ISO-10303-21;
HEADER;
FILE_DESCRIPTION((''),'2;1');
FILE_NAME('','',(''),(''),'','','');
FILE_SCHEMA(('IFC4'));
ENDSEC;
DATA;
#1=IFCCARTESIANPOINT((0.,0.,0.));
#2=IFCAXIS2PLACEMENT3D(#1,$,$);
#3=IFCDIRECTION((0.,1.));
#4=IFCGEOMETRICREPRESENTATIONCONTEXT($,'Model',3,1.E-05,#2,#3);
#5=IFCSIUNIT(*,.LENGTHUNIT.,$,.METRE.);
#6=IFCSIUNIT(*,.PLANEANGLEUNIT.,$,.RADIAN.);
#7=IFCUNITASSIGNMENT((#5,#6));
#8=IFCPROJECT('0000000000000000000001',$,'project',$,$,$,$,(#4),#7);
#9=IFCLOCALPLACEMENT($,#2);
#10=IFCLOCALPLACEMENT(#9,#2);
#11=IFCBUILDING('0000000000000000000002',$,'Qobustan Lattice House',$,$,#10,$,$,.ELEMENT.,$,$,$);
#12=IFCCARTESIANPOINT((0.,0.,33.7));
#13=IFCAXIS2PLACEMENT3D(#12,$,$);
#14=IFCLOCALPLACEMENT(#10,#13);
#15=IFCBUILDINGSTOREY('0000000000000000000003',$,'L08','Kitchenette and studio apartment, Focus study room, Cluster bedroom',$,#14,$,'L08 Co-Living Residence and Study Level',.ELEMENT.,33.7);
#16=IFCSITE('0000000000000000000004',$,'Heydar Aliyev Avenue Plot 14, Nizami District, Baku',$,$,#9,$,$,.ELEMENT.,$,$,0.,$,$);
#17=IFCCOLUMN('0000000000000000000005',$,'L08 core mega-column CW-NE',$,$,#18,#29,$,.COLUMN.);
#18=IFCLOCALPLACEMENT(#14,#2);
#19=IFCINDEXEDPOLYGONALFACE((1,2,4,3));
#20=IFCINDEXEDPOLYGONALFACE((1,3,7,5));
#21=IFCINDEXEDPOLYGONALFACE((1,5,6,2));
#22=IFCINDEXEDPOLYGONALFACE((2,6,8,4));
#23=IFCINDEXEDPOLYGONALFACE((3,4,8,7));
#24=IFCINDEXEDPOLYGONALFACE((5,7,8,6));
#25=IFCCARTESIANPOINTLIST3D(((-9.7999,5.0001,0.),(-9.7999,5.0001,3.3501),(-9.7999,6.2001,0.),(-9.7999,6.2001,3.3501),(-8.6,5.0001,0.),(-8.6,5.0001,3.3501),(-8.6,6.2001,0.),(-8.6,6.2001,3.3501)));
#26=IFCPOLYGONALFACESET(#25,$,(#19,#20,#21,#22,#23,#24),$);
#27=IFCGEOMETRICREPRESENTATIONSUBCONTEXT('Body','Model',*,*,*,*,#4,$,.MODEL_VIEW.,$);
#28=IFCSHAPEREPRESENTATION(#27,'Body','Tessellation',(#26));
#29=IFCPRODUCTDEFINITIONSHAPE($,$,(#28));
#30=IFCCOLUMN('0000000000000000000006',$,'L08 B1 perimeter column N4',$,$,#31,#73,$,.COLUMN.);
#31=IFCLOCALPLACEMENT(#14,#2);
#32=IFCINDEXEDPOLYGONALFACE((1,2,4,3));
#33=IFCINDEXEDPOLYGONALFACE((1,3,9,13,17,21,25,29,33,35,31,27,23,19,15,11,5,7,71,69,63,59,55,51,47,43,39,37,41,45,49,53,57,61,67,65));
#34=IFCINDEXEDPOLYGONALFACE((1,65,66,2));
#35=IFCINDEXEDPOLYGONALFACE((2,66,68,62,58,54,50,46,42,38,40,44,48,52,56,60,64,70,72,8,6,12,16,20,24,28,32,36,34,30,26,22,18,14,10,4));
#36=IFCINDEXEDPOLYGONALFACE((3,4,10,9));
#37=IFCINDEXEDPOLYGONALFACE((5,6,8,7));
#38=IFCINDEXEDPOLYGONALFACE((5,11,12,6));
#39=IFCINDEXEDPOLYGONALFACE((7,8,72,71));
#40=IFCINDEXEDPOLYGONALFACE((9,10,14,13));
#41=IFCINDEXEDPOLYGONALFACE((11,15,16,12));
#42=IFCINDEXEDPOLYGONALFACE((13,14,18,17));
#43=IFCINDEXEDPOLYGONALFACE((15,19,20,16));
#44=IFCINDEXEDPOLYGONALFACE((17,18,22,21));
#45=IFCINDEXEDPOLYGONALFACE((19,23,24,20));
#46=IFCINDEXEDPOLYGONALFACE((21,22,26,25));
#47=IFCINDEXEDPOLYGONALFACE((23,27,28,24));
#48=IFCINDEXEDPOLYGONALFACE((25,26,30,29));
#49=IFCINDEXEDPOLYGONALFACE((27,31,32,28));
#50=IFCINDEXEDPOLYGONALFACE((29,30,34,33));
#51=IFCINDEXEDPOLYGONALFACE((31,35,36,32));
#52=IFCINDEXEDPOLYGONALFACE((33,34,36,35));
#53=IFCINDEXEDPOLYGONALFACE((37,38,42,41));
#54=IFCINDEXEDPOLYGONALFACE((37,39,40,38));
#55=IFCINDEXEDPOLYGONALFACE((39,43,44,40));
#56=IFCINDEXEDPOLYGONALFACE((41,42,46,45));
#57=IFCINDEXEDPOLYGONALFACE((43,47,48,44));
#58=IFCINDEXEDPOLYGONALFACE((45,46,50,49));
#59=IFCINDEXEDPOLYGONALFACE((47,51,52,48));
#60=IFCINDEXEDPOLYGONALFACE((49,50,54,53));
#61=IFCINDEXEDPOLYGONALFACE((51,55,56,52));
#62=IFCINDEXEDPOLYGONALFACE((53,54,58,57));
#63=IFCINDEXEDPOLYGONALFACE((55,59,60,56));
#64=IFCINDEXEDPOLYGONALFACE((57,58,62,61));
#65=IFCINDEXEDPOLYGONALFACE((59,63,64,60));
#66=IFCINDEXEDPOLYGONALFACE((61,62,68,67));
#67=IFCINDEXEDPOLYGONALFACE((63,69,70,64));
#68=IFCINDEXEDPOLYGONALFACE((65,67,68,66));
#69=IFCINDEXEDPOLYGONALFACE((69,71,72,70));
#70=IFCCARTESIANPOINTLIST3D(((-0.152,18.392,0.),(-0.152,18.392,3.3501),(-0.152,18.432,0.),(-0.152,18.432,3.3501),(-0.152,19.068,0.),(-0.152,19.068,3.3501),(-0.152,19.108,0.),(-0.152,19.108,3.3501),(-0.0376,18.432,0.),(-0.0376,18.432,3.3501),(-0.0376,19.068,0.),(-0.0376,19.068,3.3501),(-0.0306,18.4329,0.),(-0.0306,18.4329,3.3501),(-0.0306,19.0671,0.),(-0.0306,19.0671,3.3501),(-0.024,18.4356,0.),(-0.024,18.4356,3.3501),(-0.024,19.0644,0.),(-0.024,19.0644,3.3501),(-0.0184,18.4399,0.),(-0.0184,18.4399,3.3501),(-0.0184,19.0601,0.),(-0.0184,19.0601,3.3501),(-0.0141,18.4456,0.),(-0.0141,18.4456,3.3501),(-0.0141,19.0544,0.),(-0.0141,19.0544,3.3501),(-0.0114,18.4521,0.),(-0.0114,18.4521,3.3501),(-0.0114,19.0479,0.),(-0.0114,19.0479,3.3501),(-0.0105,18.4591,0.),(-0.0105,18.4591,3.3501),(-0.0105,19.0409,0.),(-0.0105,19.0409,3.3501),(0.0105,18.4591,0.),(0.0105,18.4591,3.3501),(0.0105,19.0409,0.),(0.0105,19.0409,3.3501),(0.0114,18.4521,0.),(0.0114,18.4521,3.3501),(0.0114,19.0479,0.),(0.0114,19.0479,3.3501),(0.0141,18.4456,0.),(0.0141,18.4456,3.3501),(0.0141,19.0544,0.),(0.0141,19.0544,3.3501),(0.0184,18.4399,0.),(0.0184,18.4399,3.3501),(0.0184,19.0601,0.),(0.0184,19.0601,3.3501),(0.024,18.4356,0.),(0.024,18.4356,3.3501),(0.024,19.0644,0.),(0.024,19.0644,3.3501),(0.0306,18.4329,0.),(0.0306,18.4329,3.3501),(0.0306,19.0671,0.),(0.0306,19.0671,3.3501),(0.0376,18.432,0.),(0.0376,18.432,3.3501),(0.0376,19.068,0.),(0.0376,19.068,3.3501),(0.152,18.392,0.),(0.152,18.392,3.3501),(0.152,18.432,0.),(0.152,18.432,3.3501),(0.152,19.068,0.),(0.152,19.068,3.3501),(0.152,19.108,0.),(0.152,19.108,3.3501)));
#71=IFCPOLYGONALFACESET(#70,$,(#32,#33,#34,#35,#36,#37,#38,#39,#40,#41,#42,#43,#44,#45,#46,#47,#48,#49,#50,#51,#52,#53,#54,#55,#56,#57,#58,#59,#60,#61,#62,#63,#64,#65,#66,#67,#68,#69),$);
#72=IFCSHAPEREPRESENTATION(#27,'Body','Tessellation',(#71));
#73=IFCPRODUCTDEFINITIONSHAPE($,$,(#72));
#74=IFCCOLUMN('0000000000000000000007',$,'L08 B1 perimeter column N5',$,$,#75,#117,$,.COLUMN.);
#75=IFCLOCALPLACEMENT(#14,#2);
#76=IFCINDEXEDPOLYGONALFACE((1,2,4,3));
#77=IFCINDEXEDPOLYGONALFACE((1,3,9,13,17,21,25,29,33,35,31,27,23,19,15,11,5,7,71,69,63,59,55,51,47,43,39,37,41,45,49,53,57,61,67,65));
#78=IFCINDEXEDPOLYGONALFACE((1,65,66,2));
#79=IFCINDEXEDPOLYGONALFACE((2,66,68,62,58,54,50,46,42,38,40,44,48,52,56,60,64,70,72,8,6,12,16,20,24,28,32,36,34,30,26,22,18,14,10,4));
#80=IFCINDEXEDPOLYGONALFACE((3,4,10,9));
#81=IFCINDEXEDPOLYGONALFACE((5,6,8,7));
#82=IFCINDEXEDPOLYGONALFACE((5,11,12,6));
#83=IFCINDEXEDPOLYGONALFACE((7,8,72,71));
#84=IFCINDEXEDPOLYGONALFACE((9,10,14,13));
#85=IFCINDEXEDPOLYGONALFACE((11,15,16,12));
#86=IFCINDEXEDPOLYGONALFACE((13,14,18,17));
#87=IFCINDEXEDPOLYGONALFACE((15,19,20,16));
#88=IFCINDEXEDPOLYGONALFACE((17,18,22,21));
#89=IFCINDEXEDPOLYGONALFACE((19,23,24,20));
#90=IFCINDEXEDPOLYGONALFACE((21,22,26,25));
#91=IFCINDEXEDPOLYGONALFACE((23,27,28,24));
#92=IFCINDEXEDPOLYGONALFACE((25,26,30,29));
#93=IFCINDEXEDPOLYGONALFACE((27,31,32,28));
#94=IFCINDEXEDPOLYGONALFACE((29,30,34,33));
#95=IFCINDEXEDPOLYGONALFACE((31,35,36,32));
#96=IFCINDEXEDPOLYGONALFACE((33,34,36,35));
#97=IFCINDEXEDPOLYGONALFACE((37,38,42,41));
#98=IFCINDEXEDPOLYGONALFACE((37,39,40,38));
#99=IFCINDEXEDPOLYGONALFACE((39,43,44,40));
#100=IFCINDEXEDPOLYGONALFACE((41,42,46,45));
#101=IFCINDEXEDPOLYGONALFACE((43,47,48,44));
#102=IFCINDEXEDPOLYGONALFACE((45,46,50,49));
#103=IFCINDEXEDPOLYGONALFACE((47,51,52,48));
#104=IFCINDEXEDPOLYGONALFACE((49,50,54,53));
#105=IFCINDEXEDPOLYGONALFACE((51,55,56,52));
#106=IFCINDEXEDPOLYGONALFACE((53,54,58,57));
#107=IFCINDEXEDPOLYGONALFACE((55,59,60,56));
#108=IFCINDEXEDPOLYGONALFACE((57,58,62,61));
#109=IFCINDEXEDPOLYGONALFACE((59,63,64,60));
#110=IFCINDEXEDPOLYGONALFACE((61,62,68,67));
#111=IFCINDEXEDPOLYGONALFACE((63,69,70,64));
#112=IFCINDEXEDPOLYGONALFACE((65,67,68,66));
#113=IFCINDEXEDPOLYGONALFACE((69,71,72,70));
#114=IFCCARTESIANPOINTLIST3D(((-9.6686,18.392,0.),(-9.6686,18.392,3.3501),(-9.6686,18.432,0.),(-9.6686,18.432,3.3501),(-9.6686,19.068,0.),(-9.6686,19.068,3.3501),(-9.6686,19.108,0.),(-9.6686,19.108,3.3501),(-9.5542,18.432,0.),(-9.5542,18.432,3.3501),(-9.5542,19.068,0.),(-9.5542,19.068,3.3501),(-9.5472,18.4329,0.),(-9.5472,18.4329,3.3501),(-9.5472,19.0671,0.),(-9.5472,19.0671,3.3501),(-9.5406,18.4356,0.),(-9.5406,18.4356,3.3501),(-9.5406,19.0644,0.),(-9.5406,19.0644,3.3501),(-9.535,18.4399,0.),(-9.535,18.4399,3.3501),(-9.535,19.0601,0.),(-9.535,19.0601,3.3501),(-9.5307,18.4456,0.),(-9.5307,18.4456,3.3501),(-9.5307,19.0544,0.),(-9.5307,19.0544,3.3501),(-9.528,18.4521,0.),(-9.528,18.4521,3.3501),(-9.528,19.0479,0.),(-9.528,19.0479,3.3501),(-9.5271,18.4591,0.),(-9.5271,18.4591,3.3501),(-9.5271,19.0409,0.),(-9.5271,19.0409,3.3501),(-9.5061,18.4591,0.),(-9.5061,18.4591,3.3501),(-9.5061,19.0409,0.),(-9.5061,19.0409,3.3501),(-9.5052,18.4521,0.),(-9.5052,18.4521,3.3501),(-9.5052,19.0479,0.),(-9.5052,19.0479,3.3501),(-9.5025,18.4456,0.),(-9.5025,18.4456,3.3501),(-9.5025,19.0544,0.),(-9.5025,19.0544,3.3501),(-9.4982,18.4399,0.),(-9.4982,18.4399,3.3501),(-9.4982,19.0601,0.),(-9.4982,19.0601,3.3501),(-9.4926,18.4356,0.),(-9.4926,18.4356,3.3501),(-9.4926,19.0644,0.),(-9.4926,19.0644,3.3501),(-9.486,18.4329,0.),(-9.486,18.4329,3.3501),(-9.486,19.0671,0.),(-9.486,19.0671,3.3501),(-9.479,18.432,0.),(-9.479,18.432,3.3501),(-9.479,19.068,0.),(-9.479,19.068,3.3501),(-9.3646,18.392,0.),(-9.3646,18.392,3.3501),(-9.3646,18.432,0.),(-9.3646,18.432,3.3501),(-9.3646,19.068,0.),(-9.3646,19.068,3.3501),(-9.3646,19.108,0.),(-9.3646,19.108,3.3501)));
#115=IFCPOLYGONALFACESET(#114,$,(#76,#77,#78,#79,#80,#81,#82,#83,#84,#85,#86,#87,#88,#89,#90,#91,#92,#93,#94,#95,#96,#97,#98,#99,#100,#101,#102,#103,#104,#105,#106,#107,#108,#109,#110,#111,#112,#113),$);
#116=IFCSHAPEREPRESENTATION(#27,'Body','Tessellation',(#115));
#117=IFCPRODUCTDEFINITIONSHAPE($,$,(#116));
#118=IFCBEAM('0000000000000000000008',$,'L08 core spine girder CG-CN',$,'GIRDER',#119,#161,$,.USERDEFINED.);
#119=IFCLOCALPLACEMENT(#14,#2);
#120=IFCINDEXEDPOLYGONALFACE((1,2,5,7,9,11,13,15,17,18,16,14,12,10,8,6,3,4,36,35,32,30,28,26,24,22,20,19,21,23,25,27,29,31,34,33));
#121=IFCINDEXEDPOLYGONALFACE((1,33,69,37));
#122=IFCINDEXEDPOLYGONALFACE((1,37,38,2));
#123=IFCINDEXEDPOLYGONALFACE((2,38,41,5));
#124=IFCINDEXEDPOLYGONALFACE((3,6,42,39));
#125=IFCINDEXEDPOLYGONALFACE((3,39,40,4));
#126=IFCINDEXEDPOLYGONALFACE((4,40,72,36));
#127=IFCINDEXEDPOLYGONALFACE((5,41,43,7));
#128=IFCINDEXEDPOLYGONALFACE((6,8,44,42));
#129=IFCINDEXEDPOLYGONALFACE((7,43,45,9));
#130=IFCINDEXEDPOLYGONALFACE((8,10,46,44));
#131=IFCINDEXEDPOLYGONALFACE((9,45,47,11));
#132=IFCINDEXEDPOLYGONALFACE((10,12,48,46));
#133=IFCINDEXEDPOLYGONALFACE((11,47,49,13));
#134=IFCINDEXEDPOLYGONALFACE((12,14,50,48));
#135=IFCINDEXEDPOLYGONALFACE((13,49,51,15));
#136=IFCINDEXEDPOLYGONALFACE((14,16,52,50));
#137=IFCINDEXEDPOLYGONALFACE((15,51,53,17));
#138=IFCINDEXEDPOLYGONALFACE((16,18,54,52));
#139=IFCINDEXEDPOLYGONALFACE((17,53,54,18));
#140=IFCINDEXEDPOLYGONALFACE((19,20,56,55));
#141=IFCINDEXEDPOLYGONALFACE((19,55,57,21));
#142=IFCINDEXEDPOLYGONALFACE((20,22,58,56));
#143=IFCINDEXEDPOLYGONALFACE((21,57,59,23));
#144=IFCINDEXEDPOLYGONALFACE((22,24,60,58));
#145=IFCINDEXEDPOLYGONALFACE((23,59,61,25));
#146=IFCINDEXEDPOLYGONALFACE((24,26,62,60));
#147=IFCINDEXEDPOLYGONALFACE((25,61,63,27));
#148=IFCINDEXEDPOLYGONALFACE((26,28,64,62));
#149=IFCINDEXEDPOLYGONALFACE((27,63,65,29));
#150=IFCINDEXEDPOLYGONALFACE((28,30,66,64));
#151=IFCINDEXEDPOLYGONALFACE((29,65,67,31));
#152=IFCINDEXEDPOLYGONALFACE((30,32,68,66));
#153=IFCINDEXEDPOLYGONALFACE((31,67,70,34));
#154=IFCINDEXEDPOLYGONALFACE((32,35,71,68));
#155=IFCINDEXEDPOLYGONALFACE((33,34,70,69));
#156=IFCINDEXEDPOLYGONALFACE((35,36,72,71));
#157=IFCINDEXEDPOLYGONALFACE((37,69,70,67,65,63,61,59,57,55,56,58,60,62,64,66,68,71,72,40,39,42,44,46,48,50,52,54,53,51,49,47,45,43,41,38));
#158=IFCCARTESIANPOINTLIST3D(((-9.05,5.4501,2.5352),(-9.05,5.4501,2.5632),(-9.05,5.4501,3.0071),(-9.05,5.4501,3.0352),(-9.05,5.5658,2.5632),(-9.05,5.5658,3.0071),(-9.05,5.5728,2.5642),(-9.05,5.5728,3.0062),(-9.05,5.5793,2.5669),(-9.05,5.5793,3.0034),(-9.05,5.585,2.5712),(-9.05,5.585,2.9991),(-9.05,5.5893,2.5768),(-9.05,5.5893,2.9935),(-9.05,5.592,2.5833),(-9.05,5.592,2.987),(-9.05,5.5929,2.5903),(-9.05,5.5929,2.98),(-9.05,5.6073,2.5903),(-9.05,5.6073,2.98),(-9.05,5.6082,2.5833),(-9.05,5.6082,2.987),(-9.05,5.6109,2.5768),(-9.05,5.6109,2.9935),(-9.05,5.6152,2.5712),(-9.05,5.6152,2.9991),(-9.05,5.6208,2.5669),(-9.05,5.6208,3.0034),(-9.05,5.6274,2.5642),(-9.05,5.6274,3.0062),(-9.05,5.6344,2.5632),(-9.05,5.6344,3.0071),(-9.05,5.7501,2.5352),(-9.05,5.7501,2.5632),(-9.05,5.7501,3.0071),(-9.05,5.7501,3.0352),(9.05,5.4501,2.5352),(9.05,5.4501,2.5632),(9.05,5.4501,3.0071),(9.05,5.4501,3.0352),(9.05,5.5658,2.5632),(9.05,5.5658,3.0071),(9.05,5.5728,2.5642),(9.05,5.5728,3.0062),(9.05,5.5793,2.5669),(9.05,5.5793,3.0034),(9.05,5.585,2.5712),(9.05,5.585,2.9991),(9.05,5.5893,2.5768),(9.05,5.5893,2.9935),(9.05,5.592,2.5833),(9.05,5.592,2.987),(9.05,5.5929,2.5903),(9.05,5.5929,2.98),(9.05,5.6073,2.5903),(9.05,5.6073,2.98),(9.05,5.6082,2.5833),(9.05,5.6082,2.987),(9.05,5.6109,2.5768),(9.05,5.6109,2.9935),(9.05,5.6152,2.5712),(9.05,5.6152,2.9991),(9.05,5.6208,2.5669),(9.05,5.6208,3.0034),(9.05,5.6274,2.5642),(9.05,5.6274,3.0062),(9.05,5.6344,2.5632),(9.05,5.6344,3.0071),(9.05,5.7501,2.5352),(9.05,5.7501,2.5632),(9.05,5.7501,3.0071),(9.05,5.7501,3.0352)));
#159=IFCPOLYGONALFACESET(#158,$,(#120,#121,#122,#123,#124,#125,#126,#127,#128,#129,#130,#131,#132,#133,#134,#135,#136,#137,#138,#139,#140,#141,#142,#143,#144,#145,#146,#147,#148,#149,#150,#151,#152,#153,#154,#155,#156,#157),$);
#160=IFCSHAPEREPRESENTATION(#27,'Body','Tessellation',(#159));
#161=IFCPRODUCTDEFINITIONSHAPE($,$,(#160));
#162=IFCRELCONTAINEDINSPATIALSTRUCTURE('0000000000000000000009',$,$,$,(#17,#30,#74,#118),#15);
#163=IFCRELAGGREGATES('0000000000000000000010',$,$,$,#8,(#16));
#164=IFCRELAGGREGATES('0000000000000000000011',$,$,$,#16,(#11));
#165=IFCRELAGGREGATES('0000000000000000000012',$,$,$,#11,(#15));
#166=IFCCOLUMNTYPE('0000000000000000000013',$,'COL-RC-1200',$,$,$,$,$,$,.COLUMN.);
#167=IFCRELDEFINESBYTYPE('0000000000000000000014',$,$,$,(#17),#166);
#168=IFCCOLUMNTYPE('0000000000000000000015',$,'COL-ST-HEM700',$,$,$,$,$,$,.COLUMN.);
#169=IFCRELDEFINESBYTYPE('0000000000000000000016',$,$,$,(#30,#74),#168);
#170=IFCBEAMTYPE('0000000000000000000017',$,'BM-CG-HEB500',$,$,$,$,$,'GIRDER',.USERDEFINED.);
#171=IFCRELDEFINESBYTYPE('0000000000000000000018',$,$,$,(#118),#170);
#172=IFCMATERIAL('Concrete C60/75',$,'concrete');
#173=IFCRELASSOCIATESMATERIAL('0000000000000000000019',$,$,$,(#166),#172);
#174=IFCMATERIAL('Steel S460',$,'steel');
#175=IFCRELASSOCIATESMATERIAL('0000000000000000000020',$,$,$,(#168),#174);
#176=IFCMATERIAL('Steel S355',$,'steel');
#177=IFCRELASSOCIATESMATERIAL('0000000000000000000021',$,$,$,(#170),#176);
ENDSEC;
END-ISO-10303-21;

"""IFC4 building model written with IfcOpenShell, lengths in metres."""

from ifc_helpers import new_model, si_unit, direction, frame, origin, origin_2d, place, context, subcontext, project, spatial, rectangle, i_section, extrude, material, material_profile, profile_set, type_object, element, save


model = new_model("IFC4")

# Units and contexts
model_context = context("Model", 3, precision=1e-05, world=origin(), true_north=direction((0.0, 1.0)))
body_context = subcontext(model_context, "Body", "Model", "MODEL_VIEW")
ifc_project = project(units=[si_unit("LENGTHUNIT", "METRE"), si_unit("PLANEANGLEUNIT", "RADIAN")], contexts=[model_context])

# Site, building, storey
site_placement = place(None, origin())
site = spatial("IfcSite", under=ifc_project, at=site_placement, Name="Heydar Aliyev Avenue Plot 14, Nizami District, Baku", CompositionType="ELEMENT", RefElevation=0.0)
building_placement = place(site_placement, origin())
building = spatial("IfcBuilding", under=site, at=building_placement, Name="Qobustan Lattice House", CompositionType="ELEMENT")
storey_placement = place(building_placement, frame((0.0, 0.0, 33.7)))
storey = spatial("IfcBuildingStorey", under=building, at=storey_placement, Name="L08", Description="Kitchenette and studio apartment, Focus study room, Cluster bedroom", LongName="L08 Co-Living Residence and Study Level", CompositionType="ELEMENT", Elevation=33.7)

# Columns
ifc_material_1 = material(Name="Concrete C60/75", Category="concrete")
ifc_material_profile_1 = material_profile(ifc_material_1, rectangle(XDim=1.2, YDim=1.2, at=origin_2d()), Name="RC1200x1200")
ifc_profile_set_1 = profile_set([ifc_material_profile_1], Name="Concrete C60/75")
column_type_1 = type_object("IfcColumnType", Name="COL-RC-1200", PredefinedType="COLUMN", material=ifc_profile_set_1)
column_placement = place(storey_placement, frame((-9.2, 5.6001, 0.0), z_axis=(0.0, 0.0, 1.0), x_axis=(1.0, 0.0, 0.0)))
element("IfcColumn", 1, at=column_placement, inside=storey, type_object=column_type_1, Name="L08 core mega-column CW-NE", PredefinedType="COLUMN", context=body_context, shape_type="SweptSolid", body=[
    extrude(rectangle(XDim=1.2, YDim=1.2, at=origin_2d()), origin(), (0.0, 0.0, 1.0), 3.3501),
])
ifc_material_2 = material(Name="Steel S460", Category="steel")
ifc_material_profile_2 = material_profile(ifc_material_2, i_section(OverallWidth=0.304, OverallDepth=0.7161, WebThickness=0.021, FlangeThickness=0.04, FilletRadius=0.0271, at=origin_2d()), Name="HEM700")
ifc_profile_set_2 = profile_set([ifc_material_profile_2], Name="Steel S460")
column_type_2 = type_object("IfcColumnType", Name="COL-ST-HEM700", PredefinedType="COLUMN", material=ifc_profile_set_2)
for number, where, z_axis, x_axis, name in (
    (2, (0.0, 18.75, 0.0), (0.0, 0.0, 1.0), (1.0, 0.0, 0.0), "L08 B1 perimeter column N4"),
    (3, (-9.5166, 18.75, 0.0), (0.0, 0.0, 1.0), (1.0, 0.0, 0.0), "L08 B1 perimeter column N5"),
):
    element("IfcColumn", number, at=place(storey_placement, frame(where, z_axis=z_axis, x_axis=x_axis)), inside=storey, type_object=column_type_2, Name=name, PredefinedType="COLUMN", context=body_context, shape_type="SweptSolid", body=[
        extrude(i_section(OverallWidth=0.304, OverallDepth=0.7161, WebThickness=0.021, FlangeThickness=0.04, FilletRadius=0.0271, at=origin_2d()), origin(), (0.0, 0.0, 1.0), 3.3501),
    ])

# Beam
ifc_material_3 = material(Name="Steel S355", Category="steel")
ifc_material_profile_3 = material_profile(ifc_material_3, i_section(OverallWidth=0.3, OverallDepth=0.5, WebThickness=0.0144, FlangeThickness=0.0281, FilletRadius=0.0271, at=origin_2d()), Name="HEB500")
ifc_profile_set_3 = profile_set([ifc_material_profile_3], Name="Steel S355")
beam_type_1 = type_object("IfcBeamType", Name="BM-CG-HEB500", ElementType="GIRDER", PredefinedType="USERDEFINED", material=ifc_profile_set_3)
beam_1_placement = place(storey_placement, frame((-9.05, 5.6001, 2.7852), z_axis=(1.0, 0.0, 0.0), x_axis=(0.0, 1.0, 0.0)))
element("IfcBeam", 4, at=beam_1_placement, inside=storey, type_object=beam_type_1, Name="L08 core spine girder CG-CN", ObjectType="GIRDER", PredefinedType="USERDEFINED", context=body_context, shape_type="SweptSolid", body=[
    extrude(i_section(OverallWidth=0.3, OverallDepth=0.5, WebThickness=0.0144, FlangeThickness=0.0281, FilletRadius=0.0271, at=origin_2d()), origin(), (0.0, 0.0, 1.0), 18.1001),
])

save(model, "model.ifc")
